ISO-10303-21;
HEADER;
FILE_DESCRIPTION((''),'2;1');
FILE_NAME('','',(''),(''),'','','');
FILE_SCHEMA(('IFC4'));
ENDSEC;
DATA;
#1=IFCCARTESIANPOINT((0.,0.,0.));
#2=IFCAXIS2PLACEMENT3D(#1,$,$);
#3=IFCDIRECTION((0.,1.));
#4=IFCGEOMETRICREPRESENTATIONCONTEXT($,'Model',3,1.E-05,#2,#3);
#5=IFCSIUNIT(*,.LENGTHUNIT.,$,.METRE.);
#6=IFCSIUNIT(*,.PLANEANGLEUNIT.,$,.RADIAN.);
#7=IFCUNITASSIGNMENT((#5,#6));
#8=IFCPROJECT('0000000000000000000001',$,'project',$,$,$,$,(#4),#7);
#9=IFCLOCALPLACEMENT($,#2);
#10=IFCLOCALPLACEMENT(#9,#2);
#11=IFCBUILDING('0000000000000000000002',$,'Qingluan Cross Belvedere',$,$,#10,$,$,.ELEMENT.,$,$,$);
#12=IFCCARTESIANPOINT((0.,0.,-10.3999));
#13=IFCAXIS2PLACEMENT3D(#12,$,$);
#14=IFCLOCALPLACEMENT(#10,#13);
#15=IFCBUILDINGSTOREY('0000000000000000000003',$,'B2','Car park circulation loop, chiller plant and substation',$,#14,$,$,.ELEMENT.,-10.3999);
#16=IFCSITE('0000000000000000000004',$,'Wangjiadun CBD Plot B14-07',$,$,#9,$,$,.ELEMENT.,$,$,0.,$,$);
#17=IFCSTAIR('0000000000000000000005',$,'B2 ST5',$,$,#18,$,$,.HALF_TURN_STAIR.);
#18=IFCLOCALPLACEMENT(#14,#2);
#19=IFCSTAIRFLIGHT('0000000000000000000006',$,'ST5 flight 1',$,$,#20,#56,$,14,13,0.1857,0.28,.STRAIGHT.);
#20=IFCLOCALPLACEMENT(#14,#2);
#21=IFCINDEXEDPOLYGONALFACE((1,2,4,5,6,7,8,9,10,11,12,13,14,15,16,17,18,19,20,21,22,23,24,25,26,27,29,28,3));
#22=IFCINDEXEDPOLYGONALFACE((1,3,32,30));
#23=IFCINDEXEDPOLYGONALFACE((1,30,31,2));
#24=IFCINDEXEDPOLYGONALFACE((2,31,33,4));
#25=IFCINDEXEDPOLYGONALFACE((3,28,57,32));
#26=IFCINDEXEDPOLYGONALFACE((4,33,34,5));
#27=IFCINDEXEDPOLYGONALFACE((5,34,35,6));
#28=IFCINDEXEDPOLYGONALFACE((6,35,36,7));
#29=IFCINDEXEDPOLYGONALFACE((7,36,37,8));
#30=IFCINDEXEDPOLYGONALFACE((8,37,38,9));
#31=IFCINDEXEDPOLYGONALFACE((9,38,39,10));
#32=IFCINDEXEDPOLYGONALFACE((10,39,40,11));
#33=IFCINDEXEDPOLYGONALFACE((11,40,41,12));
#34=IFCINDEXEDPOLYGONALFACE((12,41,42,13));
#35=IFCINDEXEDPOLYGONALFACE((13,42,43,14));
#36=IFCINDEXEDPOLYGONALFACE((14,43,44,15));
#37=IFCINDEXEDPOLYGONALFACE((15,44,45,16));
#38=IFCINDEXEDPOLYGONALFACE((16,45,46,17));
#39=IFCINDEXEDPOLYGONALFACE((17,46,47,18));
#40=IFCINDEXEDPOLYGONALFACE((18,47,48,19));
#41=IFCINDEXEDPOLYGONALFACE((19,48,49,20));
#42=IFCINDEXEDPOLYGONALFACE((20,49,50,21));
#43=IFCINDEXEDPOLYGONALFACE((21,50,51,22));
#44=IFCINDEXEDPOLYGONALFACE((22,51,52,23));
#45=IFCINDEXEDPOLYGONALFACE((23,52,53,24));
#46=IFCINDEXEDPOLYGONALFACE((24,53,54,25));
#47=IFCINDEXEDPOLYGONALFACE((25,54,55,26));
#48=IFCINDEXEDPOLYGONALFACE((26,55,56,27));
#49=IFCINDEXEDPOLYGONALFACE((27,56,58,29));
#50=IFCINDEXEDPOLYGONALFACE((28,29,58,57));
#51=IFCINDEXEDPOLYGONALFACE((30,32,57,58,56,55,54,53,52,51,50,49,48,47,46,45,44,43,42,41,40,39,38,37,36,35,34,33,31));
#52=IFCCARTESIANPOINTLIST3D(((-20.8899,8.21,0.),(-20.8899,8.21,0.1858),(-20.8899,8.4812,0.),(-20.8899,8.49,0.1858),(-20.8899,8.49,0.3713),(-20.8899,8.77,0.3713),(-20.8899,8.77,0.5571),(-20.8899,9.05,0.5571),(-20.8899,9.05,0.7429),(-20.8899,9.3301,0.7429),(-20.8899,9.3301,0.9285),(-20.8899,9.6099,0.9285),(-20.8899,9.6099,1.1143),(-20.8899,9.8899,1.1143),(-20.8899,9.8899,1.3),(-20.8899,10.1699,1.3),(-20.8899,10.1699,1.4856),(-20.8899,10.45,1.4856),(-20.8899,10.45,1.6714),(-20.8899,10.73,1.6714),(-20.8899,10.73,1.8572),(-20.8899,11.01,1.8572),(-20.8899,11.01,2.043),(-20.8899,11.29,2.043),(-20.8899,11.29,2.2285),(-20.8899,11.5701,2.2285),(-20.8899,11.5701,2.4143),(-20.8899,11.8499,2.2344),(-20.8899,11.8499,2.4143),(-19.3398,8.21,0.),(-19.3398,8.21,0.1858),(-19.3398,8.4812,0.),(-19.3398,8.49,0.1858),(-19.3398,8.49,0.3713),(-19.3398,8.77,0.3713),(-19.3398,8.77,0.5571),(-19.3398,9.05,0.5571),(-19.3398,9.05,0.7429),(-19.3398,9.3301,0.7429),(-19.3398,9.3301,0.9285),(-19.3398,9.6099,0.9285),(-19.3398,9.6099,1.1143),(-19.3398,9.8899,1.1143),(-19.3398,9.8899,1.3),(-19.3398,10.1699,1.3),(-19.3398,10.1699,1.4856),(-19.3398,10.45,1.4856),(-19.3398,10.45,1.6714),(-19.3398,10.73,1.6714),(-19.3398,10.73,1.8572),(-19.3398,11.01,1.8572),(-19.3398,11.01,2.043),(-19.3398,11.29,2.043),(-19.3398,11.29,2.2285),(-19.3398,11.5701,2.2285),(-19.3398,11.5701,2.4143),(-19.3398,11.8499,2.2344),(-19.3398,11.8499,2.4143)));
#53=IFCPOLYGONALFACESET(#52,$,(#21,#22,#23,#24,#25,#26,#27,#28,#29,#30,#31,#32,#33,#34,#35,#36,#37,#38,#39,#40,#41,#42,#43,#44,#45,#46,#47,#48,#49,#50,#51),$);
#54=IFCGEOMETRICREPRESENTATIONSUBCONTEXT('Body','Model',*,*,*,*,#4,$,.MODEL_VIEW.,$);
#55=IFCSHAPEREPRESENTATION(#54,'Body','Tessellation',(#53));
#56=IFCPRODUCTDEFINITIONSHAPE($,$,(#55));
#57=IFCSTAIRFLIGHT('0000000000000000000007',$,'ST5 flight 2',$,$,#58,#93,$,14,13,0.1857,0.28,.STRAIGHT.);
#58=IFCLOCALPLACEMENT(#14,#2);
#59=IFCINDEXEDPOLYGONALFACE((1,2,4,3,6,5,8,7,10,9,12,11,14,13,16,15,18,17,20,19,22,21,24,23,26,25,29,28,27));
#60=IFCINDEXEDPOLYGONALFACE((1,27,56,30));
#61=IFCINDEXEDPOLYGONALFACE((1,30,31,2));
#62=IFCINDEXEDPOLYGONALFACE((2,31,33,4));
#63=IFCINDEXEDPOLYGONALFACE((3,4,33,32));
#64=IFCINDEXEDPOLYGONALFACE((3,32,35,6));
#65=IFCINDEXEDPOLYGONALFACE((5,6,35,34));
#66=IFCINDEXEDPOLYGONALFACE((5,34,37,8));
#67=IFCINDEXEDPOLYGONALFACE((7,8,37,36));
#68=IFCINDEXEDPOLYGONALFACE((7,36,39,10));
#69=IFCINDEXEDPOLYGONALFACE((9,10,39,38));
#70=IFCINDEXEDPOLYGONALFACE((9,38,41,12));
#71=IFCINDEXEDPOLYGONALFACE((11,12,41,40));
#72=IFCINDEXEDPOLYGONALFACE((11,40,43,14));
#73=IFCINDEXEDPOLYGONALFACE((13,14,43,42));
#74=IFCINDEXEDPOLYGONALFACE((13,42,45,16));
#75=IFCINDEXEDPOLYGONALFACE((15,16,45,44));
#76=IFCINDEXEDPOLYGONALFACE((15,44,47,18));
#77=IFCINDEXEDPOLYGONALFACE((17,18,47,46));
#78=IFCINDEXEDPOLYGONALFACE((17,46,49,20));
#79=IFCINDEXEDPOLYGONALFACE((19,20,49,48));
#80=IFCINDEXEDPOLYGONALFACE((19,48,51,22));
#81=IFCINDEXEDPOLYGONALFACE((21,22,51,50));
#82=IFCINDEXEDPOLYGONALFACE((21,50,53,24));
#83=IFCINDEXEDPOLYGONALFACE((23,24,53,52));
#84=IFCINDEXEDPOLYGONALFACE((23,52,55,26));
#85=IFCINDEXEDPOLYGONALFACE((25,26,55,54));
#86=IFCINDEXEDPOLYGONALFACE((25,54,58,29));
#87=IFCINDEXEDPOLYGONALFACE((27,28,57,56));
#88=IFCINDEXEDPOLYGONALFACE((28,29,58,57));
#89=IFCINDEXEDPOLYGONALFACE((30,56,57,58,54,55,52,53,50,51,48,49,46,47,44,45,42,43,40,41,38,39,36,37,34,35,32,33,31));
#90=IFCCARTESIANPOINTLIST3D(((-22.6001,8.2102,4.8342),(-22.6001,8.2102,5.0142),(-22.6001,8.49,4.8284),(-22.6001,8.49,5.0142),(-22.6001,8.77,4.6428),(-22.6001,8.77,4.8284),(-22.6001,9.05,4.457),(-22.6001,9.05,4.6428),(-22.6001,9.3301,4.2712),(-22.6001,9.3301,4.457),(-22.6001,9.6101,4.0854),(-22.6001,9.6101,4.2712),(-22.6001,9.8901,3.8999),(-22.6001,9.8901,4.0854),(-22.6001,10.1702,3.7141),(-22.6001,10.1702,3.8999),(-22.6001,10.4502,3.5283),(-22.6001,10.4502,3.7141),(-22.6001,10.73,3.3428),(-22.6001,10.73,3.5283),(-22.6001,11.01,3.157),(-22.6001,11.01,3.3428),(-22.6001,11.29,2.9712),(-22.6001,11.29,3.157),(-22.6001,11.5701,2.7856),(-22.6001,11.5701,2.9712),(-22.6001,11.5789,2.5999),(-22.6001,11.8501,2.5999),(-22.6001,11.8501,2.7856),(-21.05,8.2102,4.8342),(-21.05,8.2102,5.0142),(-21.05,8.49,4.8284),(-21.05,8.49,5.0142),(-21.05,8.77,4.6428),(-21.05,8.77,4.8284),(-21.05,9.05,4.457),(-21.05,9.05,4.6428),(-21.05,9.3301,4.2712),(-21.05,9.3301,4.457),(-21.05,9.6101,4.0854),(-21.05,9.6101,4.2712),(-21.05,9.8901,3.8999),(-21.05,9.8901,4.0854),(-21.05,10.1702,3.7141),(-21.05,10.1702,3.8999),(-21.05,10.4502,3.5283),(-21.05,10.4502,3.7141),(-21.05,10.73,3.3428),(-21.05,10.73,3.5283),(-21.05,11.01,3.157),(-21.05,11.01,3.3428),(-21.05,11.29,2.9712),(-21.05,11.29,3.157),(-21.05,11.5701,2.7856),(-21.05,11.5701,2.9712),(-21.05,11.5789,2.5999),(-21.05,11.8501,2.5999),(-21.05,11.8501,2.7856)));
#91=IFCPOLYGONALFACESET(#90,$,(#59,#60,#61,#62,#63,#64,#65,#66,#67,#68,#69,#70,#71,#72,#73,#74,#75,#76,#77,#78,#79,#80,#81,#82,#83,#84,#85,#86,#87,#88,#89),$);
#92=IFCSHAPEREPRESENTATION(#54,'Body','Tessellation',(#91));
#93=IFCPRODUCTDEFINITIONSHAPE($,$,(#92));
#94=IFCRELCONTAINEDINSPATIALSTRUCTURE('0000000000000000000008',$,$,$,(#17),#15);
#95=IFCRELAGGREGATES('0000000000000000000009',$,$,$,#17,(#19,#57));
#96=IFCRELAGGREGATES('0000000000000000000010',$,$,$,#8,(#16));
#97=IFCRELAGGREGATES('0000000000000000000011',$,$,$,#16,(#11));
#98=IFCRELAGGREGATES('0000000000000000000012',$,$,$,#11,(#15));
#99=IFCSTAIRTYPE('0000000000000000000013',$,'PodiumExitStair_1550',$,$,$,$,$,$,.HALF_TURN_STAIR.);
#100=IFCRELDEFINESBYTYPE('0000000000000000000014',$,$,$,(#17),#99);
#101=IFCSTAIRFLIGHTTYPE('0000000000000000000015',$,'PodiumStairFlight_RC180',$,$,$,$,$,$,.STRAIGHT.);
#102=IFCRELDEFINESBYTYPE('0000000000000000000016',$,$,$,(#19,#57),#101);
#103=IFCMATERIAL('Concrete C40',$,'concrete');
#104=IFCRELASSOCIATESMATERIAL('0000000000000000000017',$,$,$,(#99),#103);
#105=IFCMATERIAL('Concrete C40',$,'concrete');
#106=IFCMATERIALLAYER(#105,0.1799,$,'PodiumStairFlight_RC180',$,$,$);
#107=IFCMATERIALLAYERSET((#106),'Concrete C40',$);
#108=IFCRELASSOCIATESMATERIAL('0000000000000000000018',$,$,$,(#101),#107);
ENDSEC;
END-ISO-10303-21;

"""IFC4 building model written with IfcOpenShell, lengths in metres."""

from ifc_helpers import new_model, si_unit, direction, frame, origin, place, context, subcontext, project, spatial, polyline, outline, extrude, material, layer, layer_set, type_object, element, aggregate, save


model = new_model("IFC4")

# Units and contexts
model_context = context("Model", 3, precision=1e-05, world=origin(), true_north=direction((0.0, 1.0)))
body_context = subcontext(model_context, "Body", "Model", "MODEL_VIEW")
ifc_project = project(units=[si_unit("LENGTHUNIT", "METRE"), si_unit("PLANEANGLEUNIT", "RADIAN")], contexts=[model_context])

# Site, building, storey
site_placement = place(None, origin())
site = spatial("IfcSite", under=ifc_project, at=site_placement, Name="Wangjiadun CBD Plot B14-07", CompositionType="ELEMENT", RefElevation=0.0)
building_placement = place(site_placement, origin())
building = spatial("IfcBuilding", under=site, at=building_placement, Name="Qingluan Cross Belvedere", CompositionType="ELEMENT")
storey_placement = place(building_placement, frame((0.0, 0.0, -10.3999)))
storey = spatial("IfcBuildingStorey", under=building, at=storey_placement, Name="B2", Description="Car park circulation loop, chiller plant and substation", CompositionType="ELEMENT", Elevation=-10.3999)

# Stair, stair flights
ifc_material_1 = material(Name="Concrete C40", Category="concrete")
stair_type = type_object("IfcStairType", Name="PodiumExitStair_1550", PredefinedType="HALF_TURN_STAIR", material=ifc_material_1)
stair_placement = place(storey_placement, origin())
stair = element("IfcStair", 1, at=stair_placement, inside=storey, type_object=stair_type, Name="B2 ST5", PredefinedType="HALF_TURN_STAIR")
ifc_material_2 = material(Name="Concrete C40", Category="concrete")
ifc_layer_1 = layer(ifc_material_2, 0.1799, Name="PodiumStairFlight_RC180")
ifc_layer_set_1 = layer_set([ifc_layer_1], Name="Concrete C40")
stair_flight_type = type_object("IfcStairFlightType", Name="PodiumStairFlight_RC180", PredefinedType="STRAIGHT", material=ifc_layer_set_1)
stair_flight_1_placement = place(storey_placement, frame((-20.115, 8.21, 0.0), z_axis=(0.0, 0.0, 1.0), x_axis=(0.0, 1.0, 0.0)))
stair_flight_1 = element("IfcStairFlight", 2, at=stair_flight_1_placement, type_object=stair_flight_type, Name="ST5 flight 1", NumberOfRisers=14, NumberOfTreads=13, PredefinedType="STRAIGHT", RiserHeight=0.1857, TreadLength=0.28, context=body_context, shape_type="SweptSolid", body=[
    extrude(outline(polyline([(0.0, 0.0), (0.0, 0.1858), (0.28, 0.1858), (0.28, 0.3713), (0.5601, 0.3713), (0.5601, 0.5571), (0.8401, 0.5571), (0.8401, 0.7429), (1.1201, 0.7429), (1.1201, 0.9285), (1.3999, 0.9285), (1.3999, 1.1143), (1.6799, 1.1143), (1.6799, 1.3), (1.96, 1.3), (1.96, 1.4856), (2.24, 1.4856), (2.24, 1.6714), (2.52, 1.6714), (2.52, 1.8572), (2.8, 1.8572), (2.8, 2.043), (3.0801, 2.043), (3.0801, 2.2285), (3.3601, 2.2285), (3.3601, 2.4143), (3.6399, 2.4143), (3.6399, 2.6001), (3.6399, 2.2344), (0.2712, 0.0), (0.0, 0.0)])), frame((0.0, 0.7749, 0.0), z_axis=(0.0, -1.0, 0.0), x_axis=(1.0, 0.0, 0.0)), (0.0, 0.0, 1.0), 1.55),
])
stair_flight_2_placement = place(storey_placement, frame((-21.825, 11.8501, 2.5999), z_axis=(0.0, 0.0, 1.0), x_axis=(0.0, -1.0, 0.0)))
stair_flight_2 = element("IfcStairFlight", 3, at=stair_flight_2_placement, type_object=stair_flight_type, Name="ST5 flight 2", NumberOfRisers=14, NumberOfTreads=13, PredefinedType="STRAIGHT", RiserHeight=0.1857, TreadLength=0.28, context=body_context, shape_type="SweptSolid", body=[
    extrude(outline(polyline([(0.0, 0.0), (0.0, 0.1858), (0.28, 0.1858), (0.28, 0.3713), (0.5601, 0.3713), (0.5601, 0.5571), (0.8401, 0.5571), (0.8401, 0.7429), (1.1201, 0.7429), (1.1201, 0.9285), (1.3999, 0.9285), (1.3999, 1.1143), (1.6799, 1.1143), (1.6799, 1.3), (1.96, 1.3), (1.96, 1.4856), (2.24, 1.4856), (2.24, 1.6714), (2.52, 1.6714), (2.52, 1.8572), (2.8, 1.8572), (2.8, 2.043), (3.0801, 2.043), (3.0801, 2.2285), (3.3601, 2.2285), (3.3601, 2.4143), (3.6399, 2.4143), (3.6399, 2.6001), (3.6399, 2.2344), (0.2712, 0.0), (0.0, 0.0)])), frame((0.0, 0.7749, 0.0), z_axis=(0.0, -1.0, 0.0), x_axis=(1.0, 0.0, 0.0)), (0.0, 0.0, 1.0), 1.55),
])
aggregate(stair, [stair_flight_1, stair_flight_2])

save(model, "model.ifc")
